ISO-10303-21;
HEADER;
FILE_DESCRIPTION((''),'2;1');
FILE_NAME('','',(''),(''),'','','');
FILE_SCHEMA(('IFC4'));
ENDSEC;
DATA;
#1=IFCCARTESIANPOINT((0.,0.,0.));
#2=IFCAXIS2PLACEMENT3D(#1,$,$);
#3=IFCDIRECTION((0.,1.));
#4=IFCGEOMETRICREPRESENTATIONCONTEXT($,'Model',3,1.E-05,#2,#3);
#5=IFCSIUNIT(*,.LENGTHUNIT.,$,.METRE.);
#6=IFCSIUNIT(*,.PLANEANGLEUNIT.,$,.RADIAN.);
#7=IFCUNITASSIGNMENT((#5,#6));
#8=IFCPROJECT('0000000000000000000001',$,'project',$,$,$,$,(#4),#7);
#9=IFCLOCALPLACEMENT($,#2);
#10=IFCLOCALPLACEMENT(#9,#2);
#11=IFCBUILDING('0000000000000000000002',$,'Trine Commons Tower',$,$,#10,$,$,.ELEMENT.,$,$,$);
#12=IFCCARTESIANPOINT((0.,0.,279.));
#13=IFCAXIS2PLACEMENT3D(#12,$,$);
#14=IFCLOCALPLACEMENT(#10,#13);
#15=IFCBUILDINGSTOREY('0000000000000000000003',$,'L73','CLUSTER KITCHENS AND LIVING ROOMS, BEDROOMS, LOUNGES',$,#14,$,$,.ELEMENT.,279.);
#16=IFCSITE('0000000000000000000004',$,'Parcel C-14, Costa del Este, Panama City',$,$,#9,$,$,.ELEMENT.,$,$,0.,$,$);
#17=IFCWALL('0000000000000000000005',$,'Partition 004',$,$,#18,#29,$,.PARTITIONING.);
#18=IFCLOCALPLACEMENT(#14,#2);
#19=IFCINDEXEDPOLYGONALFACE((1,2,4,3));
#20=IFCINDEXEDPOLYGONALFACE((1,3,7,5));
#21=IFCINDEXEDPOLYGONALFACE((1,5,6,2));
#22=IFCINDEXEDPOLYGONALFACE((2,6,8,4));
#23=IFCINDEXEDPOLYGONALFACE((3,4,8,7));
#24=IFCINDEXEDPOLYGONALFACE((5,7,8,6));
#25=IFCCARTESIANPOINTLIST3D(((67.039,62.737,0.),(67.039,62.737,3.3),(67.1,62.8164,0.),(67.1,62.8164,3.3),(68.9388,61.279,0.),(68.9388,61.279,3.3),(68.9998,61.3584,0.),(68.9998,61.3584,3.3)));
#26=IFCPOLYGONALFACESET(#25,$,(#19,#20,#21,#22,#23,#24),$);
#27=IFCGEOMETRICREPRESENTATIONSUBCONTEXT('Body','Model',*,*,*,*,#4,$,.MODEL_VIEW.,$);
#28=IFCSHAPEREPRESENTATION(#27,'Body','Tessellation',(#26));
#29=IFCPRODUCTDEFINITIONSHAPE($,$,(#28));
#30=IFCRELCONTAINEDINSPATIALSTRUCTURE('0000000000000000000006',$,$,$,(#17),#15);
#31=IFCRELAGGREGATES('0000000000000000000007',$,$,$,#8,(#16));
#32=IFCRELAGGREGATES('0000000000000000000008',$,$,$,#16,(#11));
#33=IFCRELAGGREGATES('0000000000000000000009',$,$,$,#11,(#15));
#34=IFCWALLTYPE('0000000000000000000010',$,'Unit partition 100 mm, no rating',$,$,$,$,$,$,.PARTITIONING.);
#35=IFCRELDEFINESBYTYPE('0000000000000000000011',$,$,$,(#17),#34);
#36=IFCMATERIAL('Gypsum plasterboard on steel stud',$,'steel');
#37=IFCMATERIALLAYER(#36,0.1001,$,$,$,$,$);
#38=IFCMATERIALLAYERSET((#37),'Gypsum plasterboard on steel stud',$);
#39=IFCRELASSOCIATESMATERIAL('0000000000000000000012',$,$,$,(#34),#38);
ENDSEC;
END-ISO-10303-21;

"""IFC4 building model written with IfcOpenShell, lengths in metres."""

from ifc_helpers import new_model, si_unit, direction, frame, frame_2d, origin, place, context, subcontext, project, spatial, rectangle, extrude, material, layer, layer_set, type_object, element, save


model = new_model("IFC4")

# Units and contexts
model_context = context("Model", 3, precision=1e-05, world=origin(), true_north=direction((0.0, 1.0)))
body_context = subcontext(model_context, "Body", "Model", "MODEL_VIEW")
ifc_project = project(units=[si_unit("LENGTHUNIT", "METRE"), si_unit("PLANEANGLEUNIT", "RADIAN")], contexts=[model_context])

# Site, building, storey
site_placement = place(None, origin())
site = spatial("IfcSite", under=ifc_project, at=site_placement, Name="Parcel C-14, Costa del Este, Panama City", CompositionType="ELEMENT", RefElevation=0.0)
building_placement = place(site_placement, origin())
building = spatial("IfcBuilding", under=site, at=building_placement, Name="Trine Commons Tower", CompositionType="ELEMENT")
storey_placement = place(building_placement, frame((0.0, 0.0, 279.0)))
storey = spatial("IfcBuildingStorey", under=building, at=storey_placement, Name="L73", Description="CLUSTER KITCHENS AND LIVING ROOMS, BEDROOMS, LOUNGES", CompositionType="ELEMENT", Elevation=279.0)

# Shared definitions
ifc_material_1 = material(Name="Gypsum plasterboard on steel stud", Category="steel")

# Shared definitions
ifc_layer_1 = layer(ifc_material_1, 0.1001)
ifc_layer_set_1 = layer_set([ifc_layer_1], Name="Gypsum plasterboard on steel stud")
wall_type_1 = type_object("IfcWallType", Name="Unit partition 100 mm, no rating", PredefinedType="PARTITIONING", material=ifc_layer_set_1)

# Wall
wall_1_placement = place(storey_placement, frame((67.0696, 62.7766, 0.0), z_axis=(0.0, 0.0, 1.0), x_axis=(0.793321, -0.608804, 0.0)))
element("IfcWall", 1, at=wall_1_placement, inside=storey, type_object=wall_type_1, Name="Partition 004", PredefinedType="PARTITIONING", context=body_context, shape_type="SweptSolid", body=[
    extrude(rectangle(XDim=2.3948, YDim=0.1001, at=frame_2d((1.1973, 0.0))), origin(), (0.0, 0.0, 1.0), 3.3),
])

save(model, "model.ifc")
